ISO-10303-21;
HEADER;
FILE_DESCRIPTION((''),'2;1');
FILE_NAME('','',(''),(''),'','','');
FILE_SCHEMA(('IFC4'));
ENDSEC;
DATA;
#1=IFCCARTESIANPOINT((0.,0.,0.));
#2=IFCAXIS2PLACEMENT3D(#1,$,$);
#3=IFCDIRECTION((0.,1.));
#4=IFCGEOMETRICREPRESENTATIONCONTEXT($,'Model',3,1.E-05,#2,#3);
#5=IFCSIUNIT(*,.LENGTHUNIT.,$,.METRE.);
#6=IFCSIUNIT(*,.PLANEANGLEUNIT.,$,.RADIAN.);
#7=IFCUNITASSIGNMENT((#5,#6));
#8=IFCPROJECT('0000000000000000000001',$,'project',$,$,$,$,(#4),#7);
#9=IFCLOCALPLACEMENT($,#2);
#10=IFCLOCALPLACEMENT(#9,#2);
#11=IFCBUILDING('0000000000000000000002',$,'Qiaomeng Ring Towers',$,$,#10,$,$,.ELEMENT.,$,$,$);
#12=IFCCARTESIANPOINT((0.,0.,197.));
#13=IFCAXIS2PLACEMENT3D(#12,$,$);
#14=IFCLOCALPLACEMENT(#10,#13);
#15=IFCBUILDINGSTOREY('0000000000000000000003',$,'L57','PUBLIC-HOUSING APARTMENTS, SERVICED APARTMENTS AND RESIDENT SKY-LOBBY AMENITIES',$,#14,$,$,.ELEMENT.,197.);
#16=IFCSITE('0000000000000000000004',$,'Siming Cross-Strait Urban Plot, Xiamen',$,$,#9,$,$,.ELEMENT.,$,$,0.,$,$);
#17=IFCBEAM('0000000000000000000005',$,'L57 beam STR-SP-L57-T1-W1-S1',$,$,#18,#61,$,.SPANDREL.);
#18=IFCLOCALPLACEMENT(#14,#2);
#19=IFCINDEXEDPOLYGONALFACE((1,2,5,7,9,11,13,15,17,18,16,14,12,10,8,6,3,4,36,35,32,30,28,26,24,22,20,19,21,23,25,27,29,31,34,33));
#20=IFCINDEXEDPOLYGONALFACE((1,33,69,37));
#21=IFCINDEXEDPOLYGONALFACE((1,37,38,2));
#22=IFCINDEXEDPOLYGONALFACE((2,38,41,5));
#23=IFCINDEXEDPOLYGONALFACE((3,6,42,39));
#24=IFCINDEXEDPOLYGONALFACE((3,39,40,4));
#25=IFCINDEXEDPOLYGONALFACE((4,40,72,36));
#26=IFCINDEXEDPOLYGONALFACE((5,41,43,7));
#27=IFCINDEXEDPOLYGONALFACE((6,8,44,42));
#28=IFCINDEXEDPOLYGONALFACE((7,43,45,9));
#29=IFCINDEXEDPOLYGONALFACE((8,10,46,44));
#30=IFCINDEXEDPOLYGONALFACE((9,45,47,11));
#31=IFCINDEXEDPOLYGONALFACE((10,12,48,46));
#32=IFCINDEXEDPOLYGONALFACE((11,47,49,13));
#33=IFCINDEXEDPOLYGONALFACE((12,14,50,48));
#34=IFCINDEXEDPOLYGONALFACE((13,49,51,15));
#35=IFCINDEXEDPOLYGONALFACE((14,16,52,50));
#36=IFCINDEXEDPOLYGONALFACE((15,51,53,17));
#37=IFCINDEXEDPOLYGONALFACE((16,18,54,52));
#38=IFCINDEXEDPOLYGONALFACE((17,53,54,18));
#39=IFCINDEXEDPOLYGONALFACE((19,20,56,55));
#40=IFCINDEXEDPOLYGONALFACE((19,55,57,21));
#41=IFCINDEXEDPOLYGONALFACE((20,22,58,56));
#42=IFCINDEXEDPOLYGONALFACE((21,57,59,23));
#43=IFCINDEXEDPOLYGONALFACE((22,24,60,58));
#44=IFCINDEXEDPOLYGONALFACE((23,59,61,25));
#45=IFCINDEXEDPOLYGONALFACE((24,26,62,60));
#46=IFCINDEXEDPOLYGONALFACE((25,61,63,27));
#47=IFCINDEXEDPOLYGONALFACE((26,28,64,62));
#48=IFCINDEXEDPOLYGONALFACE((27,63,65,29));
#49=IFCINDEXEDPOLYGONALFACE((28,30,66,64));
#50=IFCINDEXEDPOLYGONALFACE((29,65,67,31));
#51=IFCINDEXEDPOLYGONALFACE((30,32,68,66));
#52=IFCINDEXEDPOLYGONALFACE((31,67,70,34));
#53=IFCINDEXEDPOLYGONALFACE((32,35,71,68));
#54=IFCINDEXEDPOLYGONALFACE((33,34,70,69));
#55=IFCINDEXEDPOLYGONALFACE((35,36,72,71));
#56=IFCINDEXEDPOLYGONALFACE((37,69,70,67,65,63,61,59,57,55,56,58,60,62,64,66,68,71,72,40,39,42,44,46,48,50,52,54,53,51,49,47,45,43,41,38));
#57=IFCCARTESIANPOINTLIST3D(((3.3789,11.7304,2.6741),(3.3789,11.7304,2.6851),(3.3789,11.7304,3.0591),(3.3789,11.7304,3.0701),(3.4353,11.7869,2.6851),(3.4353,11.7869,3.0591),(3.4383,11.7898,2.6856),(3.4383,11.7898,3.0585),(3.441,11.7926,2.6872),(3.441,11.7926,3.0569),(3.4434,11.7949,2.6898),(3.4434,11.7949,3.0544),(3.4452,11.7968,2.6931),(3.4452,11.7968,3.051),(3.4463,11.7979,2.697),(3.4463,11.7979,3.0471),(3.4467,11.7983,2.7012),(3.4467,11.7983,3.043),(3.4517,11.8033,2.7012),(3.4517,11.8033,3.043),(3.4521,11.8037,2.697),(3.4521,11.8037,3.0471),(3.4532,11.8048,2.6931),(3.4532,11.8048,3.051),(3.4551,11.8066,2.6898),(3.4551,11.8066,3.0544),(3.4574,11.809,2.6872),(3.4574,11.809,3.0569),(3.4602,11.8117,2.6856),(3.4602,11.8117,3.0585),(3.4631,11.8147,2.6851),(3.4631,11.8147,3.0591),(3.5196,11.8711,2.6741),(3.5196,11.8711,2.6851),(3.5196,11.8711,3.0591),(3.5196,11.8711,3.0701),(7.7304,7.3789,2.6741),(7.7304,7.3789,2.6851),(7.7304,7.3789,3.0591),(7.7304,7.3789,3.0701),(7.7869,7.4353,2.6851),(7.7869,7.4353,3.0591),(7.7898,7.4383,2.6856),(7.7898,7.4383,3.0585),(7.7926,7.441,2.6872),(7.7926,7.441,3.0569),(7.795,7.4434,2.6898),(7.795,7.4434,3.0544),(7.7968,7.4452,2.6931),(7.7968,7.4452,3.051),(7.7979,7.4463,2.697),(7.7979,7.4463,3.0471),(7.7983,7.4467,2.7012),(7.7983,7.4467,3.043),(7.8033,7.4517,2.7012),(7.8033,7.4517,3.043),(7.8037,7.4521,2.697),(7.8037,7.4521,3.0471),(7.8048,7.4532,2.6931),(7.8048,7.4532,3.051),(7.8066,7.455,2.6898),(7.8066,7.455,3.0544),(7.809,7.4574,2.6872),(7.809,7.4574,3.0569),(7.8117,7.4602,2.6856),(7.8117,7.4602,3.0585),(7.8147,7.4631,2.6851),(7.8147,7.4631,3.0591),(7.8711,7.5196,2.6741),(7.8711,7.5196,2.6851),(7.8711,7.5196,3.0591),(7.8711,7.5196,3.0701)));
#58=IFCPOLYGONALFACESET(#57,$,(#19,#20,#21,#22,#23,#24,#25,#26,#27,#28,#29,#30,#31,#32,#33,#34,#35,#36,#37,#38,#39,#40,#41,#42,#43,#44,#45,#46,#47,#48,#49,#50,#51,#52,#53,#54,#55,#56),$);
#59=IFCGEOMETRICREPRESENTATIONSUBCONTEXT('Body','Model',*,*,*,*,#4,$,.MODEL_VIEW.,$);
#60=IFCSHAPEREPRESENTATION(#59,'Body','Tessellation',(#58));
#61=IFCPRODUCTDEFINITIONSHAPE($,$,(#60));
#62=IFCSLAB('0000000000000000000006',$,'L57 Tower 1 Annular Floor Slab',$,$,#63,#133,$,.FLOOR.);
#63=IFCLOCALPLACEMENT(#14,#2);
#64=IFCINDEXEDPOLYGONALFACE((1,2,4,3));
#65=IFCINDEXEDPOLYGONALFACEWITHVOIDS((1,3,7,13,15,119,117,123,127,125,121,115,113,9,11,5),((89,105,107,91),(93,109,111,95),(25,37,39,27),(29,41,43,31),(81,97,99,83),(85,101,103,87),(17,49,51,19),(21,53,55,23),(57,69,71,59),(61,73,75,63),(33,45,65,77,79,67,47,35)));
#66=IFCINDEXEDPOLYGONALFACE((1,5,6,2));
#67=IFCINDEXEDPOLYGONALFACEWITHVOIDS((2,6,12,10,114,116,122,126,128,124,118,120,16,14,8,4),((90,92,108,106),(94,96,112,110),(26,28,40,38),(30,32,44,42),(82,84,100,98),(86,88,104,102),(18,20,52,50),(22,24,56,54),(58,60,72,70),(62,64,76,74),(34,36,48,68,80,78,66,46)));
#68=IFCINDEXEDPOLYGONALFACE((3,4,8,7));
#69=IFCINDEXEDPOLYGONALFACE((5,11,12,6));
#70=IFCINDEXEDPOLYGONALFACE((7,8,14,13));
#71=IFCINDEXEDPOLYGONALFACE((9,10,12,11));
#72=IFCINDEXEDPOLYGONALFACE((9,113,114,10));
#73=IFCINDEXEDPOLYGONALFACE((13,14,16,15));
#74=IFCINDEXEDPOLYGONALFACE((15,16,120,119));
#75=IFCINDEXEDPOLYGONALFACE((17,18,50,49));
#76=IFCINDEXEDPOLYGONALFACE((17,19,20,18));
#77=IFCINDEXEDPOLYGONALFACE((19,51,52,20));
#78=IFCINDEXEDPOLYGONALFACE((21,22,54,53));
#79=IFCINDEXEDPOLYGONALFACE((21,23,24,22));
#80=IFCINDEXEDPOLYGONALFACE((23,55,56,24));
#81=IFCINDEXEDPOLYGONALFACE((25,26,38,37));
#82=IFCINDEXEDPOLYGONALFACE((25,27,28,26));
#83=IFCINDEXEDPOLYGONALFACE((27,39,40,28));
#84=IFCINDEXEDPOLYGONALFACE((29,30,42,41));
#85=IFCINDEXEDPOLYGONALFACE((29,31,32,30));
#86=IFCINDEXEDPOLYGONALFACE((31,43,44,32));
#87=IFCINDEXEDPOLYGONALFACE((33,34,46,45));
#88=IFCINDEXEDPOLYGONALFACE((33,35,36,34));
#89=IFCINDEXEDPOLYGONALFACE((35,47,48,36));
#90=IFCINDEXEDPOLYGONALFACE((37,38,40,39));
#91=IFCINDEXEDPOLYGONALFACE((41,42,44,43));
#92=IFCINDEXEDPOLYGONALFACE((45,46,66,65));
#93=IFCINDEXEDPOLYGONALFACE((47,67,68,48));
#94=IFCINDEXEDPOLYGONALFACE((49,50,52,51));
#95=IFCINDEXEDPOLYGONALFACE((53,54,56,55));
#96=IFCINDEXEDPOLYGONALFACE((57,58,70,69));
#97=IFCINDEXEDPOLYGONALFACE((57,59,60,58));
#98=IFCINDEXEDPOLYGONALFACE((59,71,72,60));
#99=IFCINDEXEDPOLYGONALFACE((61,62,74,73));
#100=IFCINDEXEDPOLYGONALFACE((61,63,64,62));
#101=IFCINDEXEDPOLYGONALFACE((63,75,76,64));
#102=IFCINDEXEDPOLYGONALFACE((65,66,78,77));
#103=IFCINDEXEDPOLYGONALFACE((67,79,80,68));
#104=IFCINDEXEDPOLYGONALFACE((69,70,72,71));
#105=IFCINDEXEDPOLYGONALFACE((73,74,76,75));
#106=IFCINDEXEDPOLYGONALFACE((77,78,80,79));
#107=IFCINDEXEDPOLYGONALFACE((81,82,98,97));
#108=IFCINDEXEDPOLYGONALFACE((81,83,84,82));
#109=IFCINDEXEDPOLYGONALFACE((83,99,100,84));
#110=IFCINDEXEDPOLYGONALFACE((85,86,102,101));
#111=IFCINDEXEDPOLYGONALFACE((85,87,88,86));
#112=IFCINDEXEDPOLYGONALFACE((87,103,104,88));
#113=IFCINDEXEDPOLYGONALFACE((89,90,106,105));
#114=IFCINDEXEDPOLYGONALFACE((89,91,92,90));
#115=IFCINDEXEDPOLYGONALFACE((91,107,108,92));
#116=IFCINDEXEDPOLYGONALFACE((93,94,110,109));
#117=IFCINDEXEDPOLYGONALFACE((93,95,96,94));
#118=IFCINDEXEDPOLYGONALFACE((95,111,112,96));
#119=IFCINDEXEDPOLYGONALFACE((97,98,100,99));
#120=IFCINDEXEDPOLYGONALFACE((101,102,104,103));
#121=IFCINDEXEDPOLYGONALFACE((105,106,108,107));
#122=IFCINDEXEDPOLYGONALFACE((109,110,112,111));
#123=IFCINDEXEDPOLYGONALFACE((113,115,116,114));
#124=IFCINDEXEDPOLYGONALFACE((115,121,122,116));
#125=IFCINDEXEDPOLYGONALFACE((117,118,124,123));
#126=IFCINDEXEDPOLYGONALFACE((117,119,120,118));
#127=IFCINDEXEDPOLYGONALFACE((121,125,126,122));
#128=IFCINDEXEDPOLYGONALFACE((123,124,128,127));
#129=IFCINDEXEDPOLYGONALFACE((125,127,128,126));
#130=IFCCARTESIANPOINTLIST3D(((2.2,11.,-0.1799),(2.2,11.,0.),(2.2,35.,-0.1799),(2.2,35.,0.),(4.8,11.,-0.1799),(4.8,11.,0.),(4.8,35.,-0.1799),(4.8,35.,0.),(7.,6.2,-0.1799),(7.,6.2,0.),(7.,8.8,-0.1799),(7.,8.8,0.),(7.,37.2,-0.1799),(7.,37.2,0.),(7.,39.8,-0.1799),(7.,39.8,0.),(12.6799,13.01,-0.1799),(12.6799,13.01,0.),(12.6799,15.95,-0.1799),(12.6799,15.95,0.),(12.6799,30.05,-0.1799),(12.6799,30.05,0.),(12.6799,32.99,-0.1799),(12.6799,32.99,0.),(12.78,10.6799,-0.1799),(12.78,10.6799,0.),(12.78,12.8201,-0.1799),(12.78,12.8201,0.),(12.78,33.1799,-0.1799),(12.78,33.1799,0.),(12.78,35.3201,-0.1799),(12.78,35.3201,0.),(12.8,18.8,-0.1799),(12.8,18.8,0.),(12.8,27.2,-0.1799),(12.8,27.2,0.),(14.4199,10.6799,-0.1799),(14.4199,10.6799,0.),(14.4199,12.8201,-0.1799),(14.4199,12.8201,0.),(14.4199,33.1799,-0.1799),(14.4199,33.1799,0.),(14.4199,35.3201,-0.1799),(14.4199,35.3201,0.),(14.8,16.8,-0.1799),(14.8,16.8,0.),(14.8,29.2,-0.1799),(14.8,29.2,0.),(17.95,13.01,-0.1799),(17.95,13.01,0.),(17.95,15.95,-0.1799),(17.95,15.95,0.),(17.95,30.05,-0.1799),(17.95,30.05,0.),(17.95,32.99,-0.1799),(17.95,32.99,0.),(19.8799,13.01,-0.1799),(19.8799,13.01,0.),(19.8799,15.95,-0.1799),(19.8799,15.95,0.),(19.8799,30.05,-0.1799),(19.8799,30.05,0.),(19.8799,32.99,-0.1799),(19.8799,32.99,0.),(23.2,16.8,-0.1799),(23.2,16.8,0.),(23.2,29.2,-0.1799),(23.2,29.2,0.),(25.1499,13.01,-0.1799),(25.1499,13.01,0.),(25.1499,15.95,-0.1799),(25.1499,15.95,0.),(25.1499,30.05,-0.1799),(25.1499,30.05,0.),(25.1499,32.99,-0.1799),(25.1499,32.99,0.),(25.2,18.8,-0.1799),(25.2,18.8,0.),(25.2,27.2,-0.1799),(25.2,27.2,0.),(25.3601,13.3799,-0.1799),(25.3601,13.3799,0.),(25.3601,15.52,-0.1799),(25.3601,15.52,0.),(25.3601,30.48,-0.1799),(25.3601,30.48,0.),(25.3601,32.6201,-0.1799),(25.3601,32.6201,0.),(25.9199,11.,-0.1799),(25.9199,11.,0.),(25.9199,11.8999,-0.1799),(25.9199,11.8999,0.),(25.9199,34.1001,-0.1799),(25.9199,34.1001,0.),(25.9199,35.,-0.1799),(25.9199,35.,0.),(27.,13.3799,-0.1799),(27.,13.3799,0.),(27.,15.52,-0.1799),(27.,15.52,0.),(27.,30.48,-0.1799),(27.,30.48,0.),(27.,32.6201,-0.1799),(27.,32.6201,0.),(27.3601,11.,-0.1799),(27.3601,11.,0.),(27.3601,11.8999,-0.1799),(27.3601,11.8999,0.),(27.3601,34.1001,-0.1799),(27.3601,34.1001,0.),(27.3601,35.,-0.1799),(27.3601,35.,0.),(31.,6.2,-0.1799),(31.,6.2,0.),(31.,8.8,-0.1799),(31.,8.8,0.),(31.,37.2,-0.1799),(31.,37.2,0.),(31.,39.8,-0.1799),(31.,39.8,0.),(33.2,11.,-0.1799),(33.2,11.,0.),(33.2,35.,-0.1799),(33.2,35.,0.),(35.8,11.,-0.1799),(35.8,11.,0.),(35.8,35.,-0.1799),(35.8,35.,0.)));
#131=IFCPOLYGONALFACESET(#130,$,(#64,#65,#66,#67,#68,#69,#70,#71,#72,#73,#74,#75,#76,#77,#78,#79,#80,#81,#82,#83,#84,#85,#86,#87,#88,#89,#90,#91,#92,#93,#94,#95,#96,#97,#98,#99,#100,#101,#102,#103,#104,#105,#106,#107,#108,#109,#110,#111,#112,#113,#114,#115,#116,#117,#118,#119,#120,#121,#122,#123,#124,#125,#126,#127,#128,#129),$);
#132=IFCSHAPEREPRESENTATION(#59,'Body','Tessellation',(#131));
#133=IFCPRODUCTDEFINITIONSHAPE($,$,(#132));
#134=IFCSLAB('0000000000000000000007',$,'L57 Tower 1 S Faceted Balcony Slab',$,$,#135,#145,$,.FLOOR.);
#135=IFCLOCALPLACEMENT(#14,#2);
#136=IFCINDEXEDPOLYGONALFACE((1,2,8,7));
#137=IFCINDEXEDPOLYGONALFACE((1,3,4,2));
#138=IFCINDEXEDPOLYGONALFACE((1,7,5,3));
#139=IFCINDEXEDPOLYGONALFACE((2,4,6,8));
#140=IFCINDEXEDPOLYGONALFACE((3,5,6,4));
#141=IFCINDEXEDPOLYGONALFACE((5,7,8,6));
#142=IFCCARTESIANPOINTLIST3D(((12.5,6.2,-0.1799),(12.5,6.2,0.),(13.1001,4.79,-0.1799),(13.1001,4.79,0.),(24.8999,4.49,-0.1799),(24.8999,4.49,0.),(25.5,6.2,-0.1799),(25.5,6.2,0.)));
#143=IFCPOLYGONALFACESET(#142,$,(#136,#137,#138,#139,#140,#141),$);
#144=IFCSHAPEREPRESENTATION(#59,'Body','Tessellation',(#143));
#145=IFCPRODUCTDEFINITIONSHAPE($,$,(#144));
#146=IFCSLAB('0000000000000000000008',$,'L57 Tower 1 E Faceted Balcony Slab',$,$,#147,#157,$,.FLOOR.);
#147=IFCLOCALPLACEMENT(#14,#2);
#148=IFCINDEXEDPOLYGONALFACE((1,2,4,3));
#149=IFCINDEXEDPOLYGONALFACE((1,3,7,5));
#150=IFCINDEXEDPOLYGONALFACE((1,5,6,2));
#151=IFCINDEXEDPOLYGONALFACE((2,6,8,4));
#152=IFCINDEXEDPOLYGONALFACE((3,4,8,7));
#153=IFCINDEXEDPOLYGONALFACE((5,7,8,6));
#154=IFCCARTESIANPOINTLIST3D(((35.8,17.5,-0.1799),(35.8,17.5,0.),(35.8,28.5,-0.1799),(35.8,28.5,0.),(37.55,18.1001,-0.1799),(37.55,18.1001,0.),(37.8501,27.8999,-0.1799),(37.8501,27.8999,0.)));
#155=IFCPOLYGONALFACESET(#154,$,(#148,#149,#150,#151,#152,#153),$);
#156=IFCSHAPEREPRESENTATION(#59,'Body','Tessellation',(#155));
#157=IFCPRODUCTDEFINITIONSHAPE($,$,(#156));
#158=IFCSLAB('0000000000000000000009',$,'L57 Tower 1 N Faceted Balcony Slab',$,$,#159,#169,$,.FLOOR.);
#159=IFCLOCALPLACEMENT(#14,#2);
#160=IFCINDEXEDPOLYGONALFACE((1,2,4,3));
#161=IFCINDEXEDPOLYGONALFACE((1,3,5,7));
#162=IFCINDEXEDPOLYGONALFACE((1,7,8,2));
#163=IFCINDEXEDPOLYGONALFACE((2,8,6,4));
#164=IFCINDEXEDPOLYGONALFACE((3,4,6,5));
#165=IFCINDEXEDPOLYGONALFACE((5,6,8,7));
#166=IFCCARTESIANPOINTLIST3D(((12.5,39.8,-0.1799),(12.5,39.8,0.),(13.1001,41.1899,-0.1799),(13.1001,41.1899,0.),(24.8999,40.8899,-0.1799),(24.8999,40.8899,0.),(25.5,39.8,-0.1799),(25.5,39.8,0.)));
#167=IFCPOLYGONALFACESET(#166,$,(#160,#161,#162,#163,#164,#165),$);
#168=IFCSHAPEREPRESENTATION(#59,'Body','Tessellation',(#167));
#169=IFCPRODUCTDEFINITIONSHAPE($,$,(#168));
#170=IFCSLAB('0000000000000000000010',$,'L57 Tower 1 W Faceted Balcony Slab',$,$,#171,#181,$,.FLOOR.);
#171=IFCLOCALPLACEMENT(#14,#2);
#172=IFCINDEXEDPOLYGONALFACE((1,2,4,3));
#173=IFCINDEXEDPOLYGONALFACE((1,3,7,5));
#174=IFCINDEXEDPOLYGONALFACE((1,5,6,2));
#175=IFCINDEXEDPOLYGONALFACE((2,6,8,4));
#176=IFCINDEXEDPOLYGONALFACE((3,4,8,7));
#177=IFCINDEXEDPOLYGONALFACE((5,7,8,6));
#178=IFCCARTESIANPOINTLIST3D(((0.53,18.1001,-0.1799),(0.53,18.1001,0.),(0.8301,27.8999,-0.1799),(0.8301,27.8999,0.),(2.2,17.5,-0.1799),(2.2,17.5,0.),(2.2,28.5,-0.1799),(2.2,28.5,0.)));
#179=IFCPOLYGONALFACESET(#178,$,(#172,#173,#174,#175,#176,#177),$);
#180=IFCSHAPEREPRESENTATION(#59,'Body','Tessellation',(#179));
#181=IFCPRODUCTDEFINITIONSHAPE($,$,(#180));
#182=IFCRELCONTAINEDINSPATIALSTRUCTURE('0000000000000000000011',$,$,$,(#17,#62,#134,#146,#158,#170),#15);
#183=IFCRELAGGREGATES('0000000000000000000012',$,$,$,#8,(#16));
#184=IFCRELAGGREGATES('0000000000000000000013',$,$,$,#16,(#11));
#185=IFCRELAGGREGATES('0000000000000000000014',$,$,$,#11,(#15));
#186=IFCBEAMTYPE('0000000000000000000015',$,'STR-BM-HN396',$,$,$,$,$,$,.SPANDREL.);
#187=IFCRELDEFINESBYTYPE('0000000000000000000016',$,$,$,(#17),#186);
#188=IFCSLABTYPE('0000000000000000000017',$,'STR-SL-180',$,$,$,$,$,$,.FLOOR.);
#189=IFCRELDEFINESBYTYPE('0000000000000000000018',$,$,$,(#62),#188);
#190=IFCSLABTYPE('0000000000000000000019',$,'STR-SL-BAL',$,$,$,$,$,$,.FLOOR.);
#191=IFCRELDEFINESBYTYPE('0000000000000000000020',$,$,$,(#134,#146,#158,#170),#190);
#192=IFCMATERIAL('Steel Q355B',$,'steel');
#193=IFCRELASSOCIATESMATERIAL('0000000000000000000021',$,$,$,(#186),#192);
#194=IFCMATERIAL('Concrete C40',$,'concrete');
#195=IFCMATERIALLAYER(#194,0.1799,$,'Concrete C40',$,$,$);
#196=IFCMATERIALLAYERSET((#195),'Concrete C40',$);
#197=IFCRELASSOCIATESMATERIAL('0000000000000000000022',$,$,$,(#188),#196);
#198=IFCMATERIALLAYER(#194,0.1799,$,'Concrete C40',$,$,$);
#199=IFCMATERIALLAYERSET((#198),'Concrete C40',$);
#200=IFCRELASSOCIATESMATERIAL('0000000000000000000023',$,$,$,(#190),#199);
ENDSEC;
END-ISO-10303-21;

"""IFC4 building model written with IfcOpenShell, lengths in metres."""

from ifc_helpers import new_model, si_unit, direction, frame, origin, origin_2d, place, context, subcontext, project, spatial, polyline, i_section, outline, extrude, source, transform, mapped, material, layer, layer_set, material_profile, profile_set, type_object, element, save


model = new_model("IFC4")

# Units and contexts
model_context = context("Model", 3, precision=1e-05, world=origin(), true_north=direction((0.0, 1.0)))
body_context = subcontext(model_context, "Body", "Model", "MODEL_VIEW")
ifc_project = project(units=[si_unit("LENGTHUNIT", "METRE"), si_unit("PLANEANGLEUNIT", "RADIAN")], contexts=[model_context])

# Site, building, storey
site_placement = place(None, origin())
site = spatial("IfcSite", under=ifc_project, at=site_placement, Name="Siming Cross-Strait Urban Plot, Xiamen", CompositionType="ELEMENT", RefElevation=0.0)
building_placement = place(site_placement, origin())
building = spatial("IfcBuilding", under=site, at=building_placement, Name="Qiaomeng Ring Towers", CompositionType="ELEMENT")
storey_placement = place(building_placement, frame((0.0, 0.0, 197.0)))
storey = spatial("IfcBuildingStorey", under=building, at=storey_placement, Name="L57", Description="PUBLIC-HOUSING APARTMENTS, SERVICED APARTMENTS AND RESIDENT SKY-LOBBY AMENITIES", CompositionType="ELEMENT", Elevation=197.0)

# Beam
ifc_material_1 = material(Name="Steel Q355B", Category="steel")
ifc_material_profile = material_profile(ifc_material_1, i_section(OverallWidth=0.199, OverallDepth=0.396, WebThickness=0.0071, FlangeThickness=0.011, FilletRadius=0.0161, at=origin_2d()), Name="HN 396x199x7x11")
ifc_profile_set = profile_set([ifc_material_profile], Name="Steel Q355B")
beam_type = type_object("IfcBeamType", Name="STR-BM-HN396", PredefinedType="SPANDREL", material=ifc_profile_set)
shared_shape_1 = source(origin(), body_context, "Body", "SweptSolid", [
    extrude(i_section(OverallWidth=0.199, OverallDepth=0.396, WebThickness=0.0071, FlangeThickness=0.011, FilletRadius=0.0161, at=origin_2d()), origin(), (0.0, 0.0, 1.0), 6.1541),
])
beam_placement = place(storey_placement, frame((3.4492, 11.8008, 2.8721), z_axis=(0.707107, -0.707107, 0.0), x_axis=(0.707107, 0.707107, 0.0)))
element("IfcBeam", 1, at=beam_placement, inside=storey, type_object=beam_type, Name="L57 beam STR-SP-L57-T1-W1-S1", PredefinedType="SPANDREL", context=body_context, shape_type="MappedRepresentation", body=[
    mapped(shared_shape_1, transform((0.0, 0.0, 0.0), x_axis=(1.0, 0.0, 0.0), y_axis=(0.0, 1.0, 0.0), z_axis=(0.0, 0.0, 1.0), scale=1.0)),
])

# Slabs
ifc_material_2 = material(Name="Concrete C40", Category="concrete")
ifc_layer_1 = layer(ifc_material_2, 0.1799, Name="Concrete C40")
ifc_layer_set_1 = layer_set([ifc_layer_1], Name="Concrete C40")
slab_type_1 = type_object("IfcSlabType", Name="STR-SL-180", PredefinedType="FLOOR", material=ifc_layer_set_1)
slab_1_placement = place(storey_placement, frame((0.0, 0.0, -0.1799)))
element("IfcSlab", 2, at=slab_1_placement, inside=storey, type_object=slab_type_1, Name="L57 Tower 1 Annular Floor Slab", PredefinedType="FLOOR", context=body_context, shape_type="SweptSolid", body=[
    extrude(outline(polyline([(7.0, 6.2), (31.0, 6.2), (31.0, 8.8), (33.2, 11.0), (35.8, 11.0), (35.8, 35.0), (33.2, 35.0), (31.0, 37.2), (31.0, 39.8), (7.0, 39.8), (7.0, 37.2), (4.8, 35.0), (2.2, 35.0), (2.2, 11.0), (4.8, 11.0), (7.0, 8.8), (7.0, 6.2)]), holes=[polyline([(12.78, 10.6799), (12.78, 12.8201), (14.4199, 12.8201), (14.4199, 10.6799), (12.78, 10.6799)]), polyline([(12.6799, 13.01), (12.6799, 15.95), (17.95, 15.95), (17.95, 13.01), (12.6799, 13.01)]), polyline([(23.2, 29.2), (25.2, 27.2), (25.2, 18.8), (23.2, 16.8), (14.8, 16.8), (12.8, 18.8), (12.8, 27.2), (14.8, 29.2), (23.2, 29.2)]), polyline([(12.6799, 32.99), (17.95, 32.99), (17.95, 30.05), (12.6799, 30.05), (12.6799, 32.99)]), polyline([(19.8799, 32.99), (25.1499, 32.99), (25.1499, 30.05), (19.8799, 30.05), (19.8799, 32.99)]), polyline([(12.78, 33.1799), (12.78, 35.3201), (14.4199, 35.3201), (14.4199, 33.1799), (12.78, 33.1799)]), polyline([(25.9199, 11.8999), (27.3601, 11.8999), (27.3601, 11.0), (25.9199, 11.0), (25.9199, 11.8999)]), polyline([(25.3601, 15.52), (27.0, 15.52), (27.0, 13.3799), (25.3601, 13.3799), (25.3601, 15.52)]), polyline([(19.8799, 13.01), (19.8799, 15.95), (25.1499, 15.95), (25.1499, 13.01), (19.8799, 13.01)]), polyline([(25.3601, 32.6201), (27.0, 32.6201), (27.0, 30.48), (25.3601, 30.48), (25.3601, 32.6201)]), polyline([(25.9199, 35.0), (27.3601, 35.0), (27.3601, 34.1001), (25.9199, 34.1001), (25.9199, 35.0)])]), origin(), (0.0, 0.0, 1.0), 0.1799),
])
ifc_layer_2 = layer(ifc_material_2, 0.1799, Name="Concrete C40")
ifc_layer_set_2 = layer_set([ifc_layer_2], Name="Concrete C40")
slab_type_2 = type_object("IfcSlabType", Name="STR-SL-BAL", PredefinedType="FLOOR", material=ifc_layer_set_2)
slab_2_placement = place(storey_placement, frame((0.0, 0.0, -0.1799)))
element("IfcSlab", 3, at=slab_2_placement, inside=storey, type_object=slab_type_2, Name="L57 Tower 1 S Faceted Balcony Slab", PredefinedType="FLOOR", context=body_context, shape_type="SweptSolid", body=[
    extrude(outline(polyline([(25.5, 6.2), (24.8999, 4.49), (13.1001, 4.79), (12.5, 6.2), (25.5, 6.2)])), origin(), (0.0, 0.0, 1.0), 0.1799),
])
slab_3_placement = place(storey_placement, frame((0.0, 0.0, -0.1799)))
element("IfcSlab", 4, at=slab_3_placement, inside=storey, type_object=slab_type_2, Name="L57 Tower 1 E Faceted Balcony Slab", PredefinedType="FLOOR", context=body_context, shape_type="SweptSolid", body=[
    extrude(outline(polyline([(37.8501, 27.8999), (37.55, 18.1001), (35.8, 17.5), (35.8, 28.5), (37.8501, 27.8999)])), origin(), (0.0, 0.0, 1.0), 0.1799),
])
slab_4_placement = place(storey_placement, frame((0.0, 0.0, -0.1799)))
element("IfcSlab", 5, at=slab_4_placement, inside=storey, type_object=slab_type_2, Name="L57 Tower 1 N Faceted Balcony Slab", PredefinedType="FLOOR", context=body_context, shape_type="SweptSolid", body=[
    extrude(outline(polyline([(12.5, 39.8), (13.1001, 41.1899), (24.8999, 40.8899), (25.5, 39.8), (12.5, 39.8)])), origin(), (0.0, 0.0, 1.0), 0.1799),
])
slab_5_placement = place(storey_placement, frame((0.0, 0.0, -0.1799)))
element("IfcSlab", 6, at=slab_5_placement, inside=storey, type_object=slab_type_2, Name="L57 Tower 1 W Faceted Balcony Slab", PredefinedType="FLOOR", context=body_context, shape_type="SweptSolid", body=[
    extrude(outline(polyline([(0.53, 18.1001), (0.8301, 27.8999), (2.2, 28.5), (2.2, 17.5), (0.53, 18.1001)])), origin(), (0.0, 0.0, 1.0), 0.1799),
])

save(model, "model.ifc")
